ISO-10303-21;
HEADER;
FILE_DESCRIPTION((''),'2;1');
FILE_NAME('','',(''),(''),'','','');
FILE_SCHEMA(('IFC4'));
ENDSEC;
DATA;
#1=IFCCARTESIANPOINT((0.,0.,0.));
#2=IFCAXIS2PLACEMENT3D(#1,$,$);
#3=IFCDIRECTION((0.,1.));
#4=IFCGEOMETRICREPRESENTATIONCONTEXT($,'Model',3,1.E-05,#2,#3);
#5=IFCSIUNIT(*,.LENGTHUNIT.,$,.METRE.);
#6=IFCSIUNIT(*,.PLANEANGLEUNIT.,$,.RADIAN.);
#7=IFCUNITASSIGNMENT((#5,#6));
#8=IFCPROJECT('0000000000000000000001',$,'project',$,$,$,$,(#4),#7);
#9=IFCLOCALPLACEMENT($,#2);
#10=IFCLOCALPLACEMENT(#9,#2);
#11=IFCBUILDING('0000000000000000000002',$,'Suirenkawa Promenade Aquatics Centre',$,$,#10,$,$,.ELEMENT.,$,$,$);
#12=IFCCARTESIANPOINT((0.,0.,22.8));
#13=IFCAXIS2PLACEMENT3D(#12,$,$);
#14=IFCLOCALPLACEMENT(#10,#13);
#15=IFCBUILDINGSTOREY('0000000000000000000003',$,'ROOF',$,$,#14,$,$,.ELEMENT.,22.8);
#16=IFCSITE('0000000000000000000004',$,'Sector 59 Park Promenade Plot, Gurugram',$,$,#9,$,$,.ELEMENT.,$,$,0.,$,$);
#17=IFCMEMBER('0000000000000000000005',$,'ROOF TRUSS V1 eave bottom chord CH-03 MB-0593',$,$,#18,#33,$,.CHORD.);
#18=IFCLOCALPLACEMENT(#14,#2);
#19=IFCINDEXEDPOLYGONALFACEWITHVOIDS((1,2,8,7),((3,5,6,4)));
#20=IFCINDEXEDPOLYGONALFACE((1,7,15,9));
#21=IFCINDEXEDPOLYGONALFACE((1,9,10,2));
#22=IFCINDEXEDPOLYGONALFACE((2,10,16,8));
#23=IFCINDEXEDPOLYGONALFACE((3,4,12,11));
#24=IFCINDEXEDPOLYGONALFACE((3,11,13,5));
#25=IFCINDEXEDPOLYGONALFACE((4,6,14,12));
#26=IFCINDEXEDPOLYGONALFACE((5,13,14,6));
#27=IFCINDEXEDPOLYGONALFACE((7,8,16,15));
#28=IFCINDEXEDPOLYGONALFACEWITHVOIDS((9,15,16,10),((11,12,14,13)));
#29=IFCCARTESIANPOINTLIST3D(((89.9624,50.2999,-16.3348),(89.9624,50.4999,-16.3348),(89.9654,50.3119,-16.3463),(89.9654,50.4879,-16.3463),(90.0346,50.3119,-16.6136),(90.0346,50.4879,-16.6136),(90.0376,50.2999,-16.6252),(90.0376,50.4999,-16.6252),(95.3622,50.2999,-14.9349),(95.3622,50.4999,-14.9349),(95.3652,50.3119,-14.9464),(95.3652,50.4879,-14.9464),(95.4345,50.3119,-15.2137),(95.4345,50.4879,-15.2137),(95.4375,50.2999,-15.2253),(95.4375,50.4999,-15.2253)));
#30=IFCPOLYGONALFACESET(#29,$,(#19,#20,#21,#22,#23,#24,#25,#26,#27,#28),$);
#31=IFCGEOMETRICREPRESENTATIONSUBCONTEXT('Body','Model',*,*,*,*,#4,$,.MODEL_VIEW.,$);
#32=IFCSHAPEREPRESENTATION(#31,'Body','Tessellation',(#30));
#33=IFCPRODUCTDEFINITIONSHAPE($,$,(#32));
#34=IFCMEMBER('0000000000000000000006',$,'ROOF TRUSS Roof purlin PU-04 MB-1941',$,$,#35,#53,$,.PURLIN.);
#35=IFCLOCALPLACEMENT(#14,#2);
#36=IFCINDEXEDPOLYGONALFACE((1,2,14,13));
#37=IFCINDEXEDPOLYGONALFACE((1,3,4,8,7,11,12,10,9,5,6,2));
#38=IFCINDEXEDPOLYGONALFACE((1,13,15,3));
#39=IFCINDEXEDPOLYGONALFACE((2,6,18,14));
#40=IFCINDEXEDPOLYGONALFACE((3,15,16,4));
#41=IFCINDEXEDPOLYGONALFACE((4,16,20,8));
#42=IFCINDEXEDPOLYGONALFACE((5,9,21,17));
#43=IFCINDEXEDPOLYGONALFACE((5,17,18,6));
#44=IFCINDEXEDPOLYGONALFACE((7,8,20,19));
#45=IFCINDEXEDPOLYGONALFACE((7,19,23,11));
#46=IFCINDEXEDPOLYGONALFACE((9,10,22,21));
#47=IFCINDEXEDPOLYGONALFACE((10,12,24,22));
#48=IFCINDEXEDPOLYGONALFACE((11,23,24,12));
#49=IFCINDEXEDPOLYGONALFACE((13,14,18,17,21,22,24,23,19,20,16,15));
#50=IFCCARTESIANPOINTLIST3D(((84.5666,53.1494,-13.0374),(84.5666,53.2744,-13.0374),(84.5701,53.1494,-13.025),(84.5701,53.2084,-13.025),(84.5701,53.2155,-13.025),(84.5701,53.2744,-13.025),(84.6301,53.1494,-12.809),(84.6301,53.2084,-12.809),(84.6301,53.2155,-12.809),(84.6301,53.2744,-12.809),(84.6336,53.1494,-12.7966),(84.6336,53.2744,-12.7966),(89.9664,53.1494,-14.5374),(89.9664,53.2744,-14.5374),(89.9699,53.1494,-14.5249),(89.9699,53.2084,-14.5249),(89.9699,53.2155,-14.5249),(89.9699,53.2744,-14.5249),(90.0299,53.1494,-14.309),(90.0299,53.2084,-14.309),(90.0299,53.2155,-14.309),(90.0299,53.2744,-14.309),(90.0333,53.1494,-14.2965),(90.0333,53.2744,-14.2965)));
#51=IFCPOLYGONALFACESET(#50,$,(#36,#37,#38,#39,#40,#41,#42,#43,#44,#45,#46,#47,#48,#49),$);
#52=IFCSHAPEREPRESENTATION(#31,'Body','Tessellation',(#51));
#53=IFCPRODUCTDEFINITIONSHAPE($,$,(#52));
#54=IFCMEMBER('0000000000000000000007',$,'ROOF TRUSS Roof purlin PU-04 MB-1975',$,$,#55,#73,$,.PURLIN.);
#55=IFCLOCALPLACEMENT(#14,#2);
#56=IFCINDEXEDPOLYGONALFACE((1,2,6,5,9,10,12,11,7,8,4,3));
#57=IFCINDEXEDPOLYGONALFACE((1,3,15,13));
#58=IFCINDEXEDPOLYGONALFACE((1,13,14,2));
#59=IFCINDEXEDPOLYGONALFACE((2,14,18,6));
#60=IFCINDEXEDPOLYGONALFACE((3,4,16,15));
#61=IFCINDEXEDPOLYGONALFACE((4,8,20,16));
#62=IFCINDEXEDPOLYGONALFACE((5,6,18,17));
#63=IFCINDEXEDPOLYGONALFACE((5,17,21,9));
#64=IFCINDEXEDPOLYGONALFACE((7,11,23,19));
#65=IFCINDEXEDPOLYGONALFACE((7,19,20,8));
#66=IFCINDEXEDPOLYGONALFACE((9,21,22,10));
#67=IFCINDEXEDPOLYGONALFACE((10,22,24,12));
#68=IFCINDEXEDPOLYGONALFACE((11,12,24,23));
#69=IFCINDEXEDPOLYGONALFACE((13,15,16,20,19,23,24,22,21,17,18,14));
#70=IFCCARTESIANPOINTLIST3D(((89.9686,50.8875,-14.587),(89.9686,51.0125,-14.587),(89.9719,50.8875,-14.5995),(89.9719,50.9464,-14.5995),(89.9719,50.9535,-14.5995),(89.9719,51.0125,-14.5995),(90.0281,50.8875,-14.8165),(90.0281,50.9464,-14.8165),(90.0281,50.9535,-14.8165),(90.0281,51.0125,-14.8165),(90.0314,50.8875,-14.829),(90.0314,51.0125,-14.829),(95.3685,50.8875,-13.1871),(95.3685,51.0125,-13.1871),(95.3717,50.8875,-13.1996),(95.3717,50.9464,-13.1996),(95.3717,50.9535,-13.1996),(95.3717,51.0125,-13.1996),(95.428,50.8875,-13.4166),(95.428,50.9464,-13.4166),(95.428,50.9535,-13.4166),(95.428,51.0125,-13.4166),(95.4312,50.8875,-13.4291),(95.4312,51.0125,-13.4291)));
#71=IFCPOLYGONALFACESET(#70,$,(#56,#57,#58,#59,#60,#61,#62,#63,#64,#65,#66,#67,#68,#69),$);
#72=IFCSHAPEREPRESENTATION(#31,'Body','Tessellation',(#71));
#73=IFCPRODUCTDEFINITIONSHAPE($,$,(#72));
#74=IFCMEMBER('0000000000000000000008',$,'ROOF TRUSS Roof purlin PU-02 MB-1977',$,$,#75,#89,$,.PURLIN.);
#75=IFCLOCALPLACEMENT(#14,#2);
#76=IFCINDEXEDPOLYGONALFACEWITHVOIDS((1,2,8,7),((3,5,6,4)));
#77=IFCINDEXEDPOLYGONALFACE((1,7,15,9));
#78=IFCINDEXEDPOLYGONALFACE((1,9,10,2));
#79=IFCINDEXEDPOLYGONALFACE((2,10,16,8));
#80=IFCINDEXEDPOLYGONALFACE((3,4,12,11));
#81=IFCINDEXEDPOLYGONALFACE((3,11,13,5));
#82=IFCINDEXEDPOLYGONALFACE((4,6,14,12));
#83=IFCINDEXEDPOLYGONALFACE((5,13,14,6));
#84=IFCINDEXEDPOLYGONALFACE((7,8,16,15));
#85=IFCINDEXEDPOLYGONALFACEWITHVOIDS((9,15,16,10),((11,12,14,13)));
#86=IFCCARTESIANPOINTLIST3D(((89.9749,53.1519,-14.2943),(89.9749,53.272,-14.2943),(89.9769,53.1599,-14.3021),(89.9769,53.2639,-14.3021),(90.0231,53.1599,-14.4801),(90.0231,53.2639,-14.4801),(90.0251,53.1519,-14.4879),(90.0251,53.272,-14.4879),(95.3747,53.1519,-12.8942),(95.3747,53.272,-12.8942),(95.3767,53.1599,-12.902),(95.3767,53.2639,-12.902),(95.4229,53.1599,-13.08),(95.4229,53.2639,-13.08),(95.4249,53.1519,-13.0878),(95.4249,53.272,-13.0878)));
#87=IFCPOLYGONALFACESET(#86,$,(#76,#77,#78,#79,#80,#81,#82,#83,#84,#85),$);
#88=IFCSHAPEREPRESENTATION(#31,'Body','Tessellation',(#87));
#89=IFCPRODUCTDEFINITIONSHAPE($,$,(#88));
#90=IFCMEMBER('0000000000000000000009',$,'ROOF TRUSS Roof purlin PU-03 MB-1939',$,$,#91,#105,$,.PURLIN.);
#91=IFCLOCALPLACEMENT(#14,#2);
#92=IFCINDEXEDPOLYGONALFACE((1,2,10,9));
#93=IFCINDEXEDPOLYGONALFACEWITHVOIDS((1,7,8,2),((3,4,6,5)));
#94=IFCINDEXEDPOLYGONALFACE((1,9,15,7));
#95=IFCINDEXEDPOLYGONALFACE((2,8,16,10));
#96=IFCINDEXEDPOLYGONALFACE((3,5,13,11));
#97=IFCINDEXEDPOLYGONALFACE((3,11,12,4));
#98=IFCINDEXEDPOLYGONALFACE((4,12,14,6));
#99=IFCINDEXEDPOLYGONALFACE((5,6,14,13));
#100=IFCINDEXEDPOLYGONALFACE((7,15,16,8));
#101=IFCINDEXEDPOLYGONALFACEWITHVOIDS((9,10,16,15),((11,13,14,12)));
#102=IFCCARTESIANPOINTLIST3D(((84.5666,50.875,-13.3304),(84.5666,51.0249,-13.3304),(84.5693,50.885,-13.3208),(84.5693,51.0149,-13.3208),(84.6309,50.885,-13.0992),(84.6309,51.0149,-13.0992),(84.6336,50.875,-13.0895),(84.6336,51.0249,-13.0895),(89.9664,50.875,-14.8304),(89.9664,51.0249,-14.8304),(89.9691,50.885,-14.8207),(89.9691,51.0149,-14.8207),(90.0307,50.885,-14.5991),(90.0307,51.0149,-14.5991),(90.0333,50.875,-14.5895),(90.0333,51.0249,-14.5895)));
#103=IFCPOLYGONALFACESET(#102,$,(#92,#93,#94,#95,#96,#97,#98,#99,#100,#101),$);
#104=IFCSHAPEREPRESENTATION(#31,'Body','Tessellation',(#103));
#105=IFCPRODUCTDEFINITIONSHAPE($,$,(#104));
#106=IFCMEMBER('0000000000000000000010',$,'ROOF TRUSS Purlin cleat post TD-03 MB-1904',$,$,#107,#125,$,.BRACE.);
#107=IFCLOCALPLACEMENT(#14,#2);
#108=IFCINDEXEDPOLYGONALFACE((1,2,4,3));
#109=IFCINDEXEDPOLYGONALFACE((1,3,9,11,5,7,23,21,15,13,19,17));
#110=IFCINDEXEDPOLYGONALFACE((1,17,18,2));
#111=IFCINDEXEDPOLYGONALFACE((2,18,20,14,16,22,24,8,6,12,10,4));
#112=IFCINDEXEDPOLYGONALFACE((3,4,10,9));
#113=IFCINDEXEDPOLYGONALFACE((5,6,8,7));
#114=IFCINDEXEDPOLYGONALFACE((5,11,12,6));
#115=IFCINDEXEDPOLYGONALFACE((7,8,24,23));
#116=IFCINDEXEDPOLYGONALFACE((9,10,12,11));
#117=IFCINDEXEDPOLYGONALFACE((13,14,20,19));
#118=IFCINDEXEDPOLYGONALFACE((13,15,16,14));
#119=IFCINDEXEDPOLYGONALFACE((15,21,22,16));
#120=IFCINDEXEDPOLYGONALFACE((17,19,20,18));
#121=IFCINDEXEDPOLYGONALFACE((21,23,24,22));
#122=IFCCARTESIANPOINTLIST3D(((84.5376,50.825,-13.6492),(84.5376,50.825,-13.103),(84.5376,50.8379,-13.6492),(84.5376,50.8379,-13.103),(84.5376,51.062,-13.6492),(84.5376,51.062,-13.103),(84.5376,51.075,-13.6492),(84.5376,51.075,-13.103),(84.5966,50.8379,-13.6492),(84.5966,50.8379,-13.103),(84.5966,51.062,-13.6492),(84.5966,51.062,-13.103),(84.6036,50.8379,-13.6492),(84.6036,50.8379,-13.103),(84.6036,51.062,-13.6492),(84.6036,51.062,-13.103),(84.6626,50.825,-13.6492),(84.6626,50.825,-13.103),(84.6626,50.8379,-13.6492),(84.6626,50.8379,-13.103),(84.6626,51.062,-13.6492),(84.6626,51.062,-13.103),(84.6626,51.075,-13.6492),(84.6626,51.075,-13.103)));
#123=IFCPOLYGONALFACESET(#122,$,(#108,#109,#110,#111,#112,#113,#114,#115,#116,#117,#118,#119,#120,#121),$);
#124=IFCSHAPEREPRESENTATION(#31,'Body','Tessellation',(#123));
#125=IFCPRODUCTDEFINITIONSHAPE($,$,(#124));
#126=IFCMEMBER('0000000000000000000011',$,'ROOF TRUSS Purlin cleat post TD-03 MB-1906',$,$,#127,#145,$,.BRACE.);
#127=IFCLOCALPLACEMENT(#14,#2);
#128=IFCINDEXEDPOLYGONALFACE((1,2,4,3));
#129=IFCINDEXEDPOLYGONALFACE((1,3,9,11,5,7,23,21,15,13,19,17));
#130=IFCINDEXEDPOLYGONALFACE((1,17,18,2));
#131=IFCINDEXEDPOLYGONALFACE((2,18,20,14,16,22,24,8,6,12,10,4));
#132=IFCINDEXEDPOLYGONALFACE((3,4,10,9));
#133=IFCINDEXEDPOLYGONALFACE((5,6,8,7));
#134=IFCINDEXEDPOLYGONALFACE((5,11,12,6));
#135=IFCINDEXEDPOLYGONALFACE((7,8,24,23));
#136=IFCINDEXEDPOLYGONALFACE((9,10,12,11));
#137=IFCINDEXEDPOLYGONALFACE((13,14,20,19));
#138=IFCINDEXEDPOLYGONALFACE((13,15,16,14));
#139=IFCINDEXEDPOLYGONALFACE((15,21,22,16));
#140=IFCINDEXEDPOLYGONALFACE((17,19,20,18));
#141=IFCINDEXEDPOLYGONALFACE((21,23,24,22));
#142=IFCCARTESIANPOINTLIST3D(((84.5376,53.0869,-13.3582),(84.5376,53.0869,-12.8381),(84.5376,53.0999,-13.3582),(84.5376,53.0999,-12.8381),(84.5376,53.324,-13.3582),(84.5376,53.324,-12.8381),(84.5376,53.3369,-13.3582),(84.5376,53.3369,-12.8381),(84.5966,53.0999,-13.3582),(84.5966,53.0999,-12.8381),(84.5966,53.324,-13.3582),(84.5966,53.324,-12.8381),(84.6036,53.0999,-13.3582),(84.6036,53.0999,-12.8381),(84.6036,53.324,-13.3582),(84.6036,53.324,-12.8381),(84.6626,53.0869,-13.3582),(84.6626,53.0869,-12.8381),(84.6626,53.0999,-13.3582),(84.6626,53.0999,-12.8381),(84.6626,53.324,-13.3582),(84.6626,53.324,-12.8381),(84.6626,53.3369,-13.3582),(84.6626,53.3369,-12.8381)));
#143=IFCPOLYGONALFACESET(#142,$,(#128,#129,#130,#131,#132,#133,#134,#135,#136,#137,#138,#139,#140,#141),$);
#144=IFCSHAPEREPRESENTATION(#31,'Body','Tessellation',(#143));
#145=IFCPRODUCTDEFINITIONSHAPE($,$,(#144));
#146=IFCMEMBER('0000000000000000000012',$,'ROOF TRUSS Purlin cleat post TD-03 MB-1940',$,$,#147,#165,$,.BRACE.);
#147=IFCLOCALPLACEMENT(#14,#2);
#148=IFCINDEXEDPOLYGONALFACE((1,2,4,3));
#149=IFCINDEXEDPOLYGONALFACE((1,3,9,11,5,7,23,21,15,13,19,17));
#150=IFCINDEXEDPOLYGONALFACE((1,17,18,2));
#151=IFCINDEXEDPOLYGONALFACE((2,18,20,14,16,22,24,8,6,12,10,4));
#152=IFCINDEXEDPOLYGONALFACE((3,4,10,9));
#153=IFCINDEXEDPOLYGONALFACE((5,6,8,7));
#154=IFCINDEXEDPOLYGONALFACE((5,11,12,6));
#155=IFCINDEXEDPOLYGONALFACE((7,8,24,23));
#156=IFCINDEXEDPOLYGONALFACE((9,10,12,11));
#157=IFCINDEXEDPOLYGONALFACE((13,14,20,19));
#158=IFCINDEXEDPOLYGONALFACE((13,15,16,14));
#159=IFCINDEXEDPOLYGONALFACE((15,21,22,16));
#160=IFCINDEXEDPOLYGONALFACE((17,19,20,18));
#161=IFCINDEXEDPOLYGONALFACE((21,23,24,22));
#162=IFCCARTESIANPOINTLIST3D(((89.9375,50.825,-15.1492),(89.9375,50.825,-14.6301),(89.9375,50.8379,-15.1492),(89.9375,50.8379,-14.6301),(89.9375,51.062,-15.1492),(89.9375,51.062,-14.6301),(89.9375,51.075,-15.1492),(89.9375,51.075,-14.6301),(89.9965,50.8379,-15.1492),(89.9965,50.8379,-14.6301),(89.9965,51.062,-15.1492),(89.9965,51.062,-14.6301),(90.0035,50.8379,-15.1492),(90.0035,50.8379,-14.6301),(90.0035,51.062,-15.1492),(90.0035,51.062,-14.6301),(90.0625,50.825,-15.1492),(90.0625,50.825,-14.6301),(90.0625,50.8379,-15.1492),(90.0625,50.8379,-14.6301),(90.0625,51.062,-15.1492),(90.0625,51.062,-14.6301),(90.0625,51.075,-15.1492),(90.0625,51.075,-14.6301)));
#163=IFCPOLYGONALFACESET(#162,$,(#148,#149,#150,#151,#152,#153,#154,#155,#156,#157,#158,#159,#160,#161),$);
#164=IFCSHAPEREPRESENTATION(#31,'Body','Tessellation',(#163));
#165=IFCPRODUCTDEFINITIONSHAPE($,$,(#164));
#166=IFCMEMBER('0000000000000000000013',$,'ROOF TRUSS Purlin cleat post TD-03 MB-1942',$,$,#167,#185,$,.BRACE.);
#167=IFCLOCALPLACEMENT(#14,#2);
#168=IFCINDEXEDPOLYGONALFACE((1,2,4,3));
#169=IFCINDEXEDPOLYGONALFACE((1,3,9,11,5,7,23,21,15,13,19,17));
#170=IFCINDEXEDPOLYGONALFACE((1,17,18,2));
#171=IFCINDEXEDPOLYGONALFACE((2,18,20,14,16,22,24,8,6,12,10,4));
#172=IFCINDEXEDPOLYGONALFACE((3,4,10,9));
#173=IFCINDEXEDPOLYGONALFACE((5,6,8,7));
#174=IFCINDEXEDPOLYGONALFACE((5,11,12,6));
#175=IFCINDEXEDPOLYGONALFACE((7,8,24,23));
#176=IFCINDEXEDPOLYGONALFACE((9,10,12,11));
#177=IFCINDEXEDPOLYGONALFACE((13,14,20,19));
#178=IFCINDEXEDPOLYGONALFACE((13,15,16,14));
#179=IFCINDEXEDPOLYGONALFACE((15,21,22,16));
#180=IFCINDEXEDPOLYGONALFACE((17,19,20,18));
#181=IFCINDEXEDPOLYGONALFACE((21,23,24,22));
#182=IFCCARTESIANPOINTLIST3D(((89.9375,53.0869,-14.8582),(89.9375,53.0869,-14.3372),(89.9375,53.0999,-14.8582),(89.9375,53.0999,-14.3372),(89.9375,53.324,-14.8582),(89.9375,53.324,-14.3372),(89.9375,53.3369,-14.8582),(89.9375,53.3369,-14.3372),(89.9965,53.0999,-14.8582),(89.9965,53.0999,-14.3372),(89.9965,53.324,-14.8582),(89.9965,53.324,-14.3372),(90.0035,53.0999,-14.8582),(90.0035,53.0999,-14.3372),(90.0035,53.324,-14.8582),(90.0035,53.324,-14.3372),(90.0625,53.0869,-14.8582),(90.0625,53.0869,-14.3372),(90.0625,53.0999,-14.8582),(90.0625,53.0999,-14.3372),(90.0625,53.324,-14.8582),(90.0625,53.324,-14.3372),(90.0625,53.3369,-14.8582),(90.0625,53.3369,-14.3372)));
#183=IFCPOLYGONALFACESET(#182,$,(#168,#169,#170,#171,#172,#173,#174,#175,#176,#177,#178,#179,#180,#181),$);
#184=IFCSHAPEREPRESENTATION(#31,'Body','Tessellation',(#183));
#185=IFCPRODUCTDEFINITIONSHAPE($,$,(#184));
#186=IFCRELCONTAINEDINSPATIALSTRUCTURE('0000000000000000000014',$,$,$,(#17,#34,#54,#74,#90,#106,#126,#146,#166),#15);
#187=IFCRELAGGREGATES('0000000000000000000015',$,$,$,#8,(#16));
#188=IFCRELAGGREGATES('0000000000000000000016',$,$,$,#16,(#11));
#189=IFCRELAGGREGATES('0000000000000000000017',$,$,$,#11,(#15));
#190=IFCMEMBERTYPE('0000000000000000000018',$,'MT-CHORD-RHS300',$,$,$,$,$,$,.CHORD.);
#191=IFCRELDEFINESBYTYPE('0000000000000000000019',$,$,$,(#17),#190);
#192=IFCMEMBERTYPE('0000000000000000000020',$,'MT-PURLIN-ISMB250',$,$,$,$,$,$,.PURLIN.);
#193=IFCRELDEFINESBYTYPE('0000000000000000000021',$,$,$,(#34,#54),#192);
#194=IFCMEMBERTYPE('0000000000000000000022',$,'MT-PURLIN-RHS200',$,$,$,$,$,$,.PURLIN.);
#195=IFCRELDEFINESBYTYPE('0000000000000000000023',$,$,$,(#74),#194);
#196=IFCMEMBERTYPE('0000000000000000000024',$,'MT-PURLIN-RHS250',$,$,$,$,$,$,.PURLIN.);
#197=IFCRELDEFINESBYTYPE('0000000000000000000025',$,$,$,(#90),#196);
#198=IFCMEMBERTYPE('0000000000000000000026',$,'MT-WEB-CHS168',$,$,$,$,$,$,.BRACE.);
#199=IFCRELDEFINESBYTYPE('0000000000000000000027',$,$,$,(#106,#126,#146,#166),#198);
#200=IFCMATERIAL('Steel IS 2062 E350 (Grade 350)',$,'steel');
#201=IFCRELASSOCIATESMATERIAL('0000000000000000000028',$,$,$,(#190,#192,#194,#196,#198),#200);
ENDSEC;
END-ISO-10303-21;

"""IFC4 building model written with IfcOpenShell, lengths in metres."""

from ifc_helpers import new_model, si_unit, direction, frame, origin, origin_2d, place, context, subcontext, project, spatial, hollow_rectangle, i_section, extrude, material, material_profile, profile_set, type_object, element, save


model = new_model("IFC4")

# Units and contexts
model_context = context("Model", 3, precision=1e-05, world=origin(), true_north=direction((0.0, 1.0)))
body_context = subcontext(model_context, "Body", "Model", "MODEL_VIEW")
ifc_project = project(units=[si_unit("LENGTHUNIT", "METRE"), si_unit("PLANEANGLEUNIT", "RADIAN")], contexts=[model_context])

# Site, building, storey
site_placement = place(None, origin())
site = spatial("IfcSite", under=ifc_project, at=site_placement, Name="Sector 59 Park Promenade Plot, Gurugram", CompositionType="ELEMENT", RefElevation=0.0)
building_placement = place(site_placement, origin())
building = spatial("IfcBuilding", under=site, at=building_placement, Name="Suirenkawa Promenade Aquatics Centre", CompositionType="ELEMENT")
storey_placement = place(building_placement, frame((0.0, 0.0, 22.8)))
storey = spatial("IfcBuildingStorey", under=building, at=storey_placement, Name="ROOF", CompositionType="ELEMENT", Elevation=22.8)

# Shared definitions
ifc_material_1 = material(Name="Steel IS 2062 E350 (Grade 350)", Category="steel")

# Members
ifc_material_profile_1 = material_profile(ifc_material_1, hollow_rectangle(XDim=0.2, YDim=0.3, WallThickness=0.012, at=origin_2d()), Name="RHS 300x200x12", Category="steel")
ifc_profile_set_1 = profile_set([ifc_material_profile_1], Name="Steel IS 2062 E350 (Grade 350)")
member_type_1 = type_object("IfcMemberType", Name="MT-CHORD-RHS300", PredefinedType="CHORD", material=ifc_profile_set_1)
member_1_placement = place(storey_placement, frame((90.0, 50.3999, -16.48), z_axis=(0.968, 0.0, 0.25095), x_axis=(0.0, 1.0, 0.0)))
element("IfcMember", 1, at=member_1_placement, inside=storey, type_object=member_type_1, Name="ROOF TRUSS V1 eave bottom chord CH-03 MB-0593", PredefinedType="CHORD", context=body_context, shape_type="SweptSolid", body=[
    extrude(hollow_rectangle(XDim=0.2, YDim=0.3, WallThickness=0.012, at=origin_2d()), origin(), (0.0, 0.0, 1.0), 5.5784),
])
ifc_material_profile_2 = material_profile(ifc_material_1, i_section(OverallWidth=0.125, OverallDepth=0.25, WebThickness=0.0071, FlangeThickness=0.0129, at=origin_2d()), Name="ISMB 250", Category="steel")
ifc_profile_set_2 = profile_set([ifc_material_profile_2], Name="Steel IS 2062 E350 (Grade 350)")
member_type_2 = type_object("IfcMemberType", Name="MT-PURLIN-ISMB250", PredefinedType="PURLIN", material=ifc_profile_set_2)
member_2_placement = place(storey_placement, frame((84.6001, 53.2119, -12.917), z_axis=(0.963517, 0.0, -0.267648), x_axis=(0.0, 1.0, 0.0)))
element("IfcMember", 2, at=member_2_placement, inside=storey, type_object=member_type_2, Name="ROOF TRUSS Roof purlin PU-04 MB-1941", PredefinedType="PURLIN", context=body_context, shape_type="SweptSolid", body=[
    extrude(i_section(OverallWidth=0.125, OverallDepth=0.25, WebThickness=0.0071, FlangeThickness=0.0129, at=origin_2d()), origin(), (0.0, 0.0, 1.0), 5.6042),
])
member_3_placement = place(storey_placement, frame((90.0, 50.95, -14.708), z_axis=(0.968, 0.0, 0.25095), x_axis=(0.0, 1.0, 0.0)))
element("IfcMember", 3, at=member_3_placement, inside=storey, type_object=member_type_2, Name="ROOF TRUSS Roof purlin PU-04 MB-1975", PredefinedType="PURLIN", context=body_context, shape_type="SweptSolid", body=[
    extrude(i_section(OverallWidth=0.125, OverallDepth=0.25, WebThickness=0.0071, FlangeThickness=0.0129, at=origin_2d()), origin(), (0.0, 0.0, 1.0), 5.5784),
])
ifc_material_profile_3 = material_profile(ifc_material_1, hollow_rectangle(XDim=0.1201, YDim=0.2, WallThickness=0.0081, at=origin_2d()), Name="RHS 200x120x8", Category="steel")
ifc_profile_set_3 = profile_set([ifc_material_profile_3], Name="Steel IS 2062 E350 (Grade 350)")
member_type_3 = type_object("IfcMemberType", Name="MT-PURLIN-RHS200", PredefinedType="PURLIN", material=ifc_profile_set_3)
member_4_placement = place(storey_placement, frame((90.0, 53.2119, -14.3911), z_axis=(0.967989, 0.0, 0.250991), x_axis=(0.0, 1.0, 0.0)))
element("IfcMember", 4, at=member_4_placement, inside=storey, type_object=member_type_3, Name="ROOF TRUSS Roof purlin PU-02 MB-1977", PredefinedType="PURLIN", context=body_context, shape_type="SweptSolid", body=[
    extrude(hollow_rectangle(XDim=0.1201, YDim=0.2, WallThickness=0.0081, at=origin_2d()), origin(), (0.0, 0.0, 1.0), 5.5784),
])
ifc_material_profile_4 = material_profile(ifc_material_1, hollow_rectangle(XDim=0.1499, YDim=0.25, WallThickness=0.01, at=origin_2d()), Name="RHS 250x150x10", Category="steel")
ifc_profile_set_4 = profile_set([ifc_material_profile_4], Name="Steel IS 2062 E350 (Grade 350)")
member_type_4 = type_object("IfcMemberType", Name="MT-PURLIN-RHS250", PredefinedType="PURLIN", material=ifc_profile_set_4)
member_5_placement = place(storey_placement, frame((84.6001, 50.95, -13.21), z_axis=(0.963517, 0.0, -0.267648), x_axis=(0.0, 1.0, 0.0)))
element("IfcMember", 5, at=member_5_placement, inside=storey, type_object=member_type_4, Name="ROOF TRUSS Roof purlin PU-03 MB-1939", PredefinedType="PURLIN", context=body_context, shape_type="SweptSolid", body=[
    extrude(hollow_rectangle(XDim=0.1499, YDim=0.25, WallThickness=0.01, at=origin_2d()), origin(), (0.0, 0.0, 1.0), 5.6042),
])
ifc_material_profile_5 = material_profile(ifc_material_1, i_section(OverallWidth=0.125, OverallDepth=0.25, WebThickness=0.0071, FlangeThickness=0.0129, at=origin_2d()), Name="ISMB 250", Category="steel")
ifc_profile_set_5 = profile_set([ifc_material_profile_5], Name="Steel IS 2062 E350 (Grade 350)")
member_type_5 = type_object("IfcMemberType", Name="MT-WEB-CHS168", PredefinedType="BRACE", material=ifc_profile_set_5)
member_6_placement = place(storey_placement, frame((84.6001, 50.95, -13.6492), z_axis=(0.0, 0.0, 1.0), x_axis=(1.0, 0.0, 0.0)))
element("IfcMember", 6, at=member_6_placement, inside=storey, type_object=member_type_5, Name="ROOF TRUSS Purlin cleat post TD-03 MB-1904", PredefinedType="BRACE", context=body_context, shape_type="SweptSolid", body=[
    extrude(i_section(OverallWidth=0.125, OverallDepth=0.25, WebThickness=0.0071, FlangeThickness=0.0129, at=origin_2d()), origin(), (0.0, 0.0, 1.0), 0.5461),
])
member_7_placement = place(storey_placement, frame((84.6001, 53.2119, -13.3582), z_axis=(0.0, 0.0, 1.0), x_axis=(1.0, 0.0, 0.0)))
element("IfcMember", 7, at=member_7_placement, inside=storey, type_object=member_type_5, Name="ROOF TRUSS Purlin cleat post TD-03 MB-1906", PredefinedType="BRACE", context=body_context, shape_type="SweptSolid", body=[
    extrude(i_section(OverallWidth=0.125, OverallDepth=0.25, WebThickness=0.0071, FlangeThickness=0.0129, at=origin_2d()), origin(), (0.0, 0.0, 1.0), 0.52),
])
member_8_placement = place(storey_placement, frame((90.0, 50.95, -15.1492), z_axis=(0.0, 0.0, 1.0), x_axis=(1.0, 0.0, 0.0)))
element("IfcMember", 8, at=member_8_placement, inside=storey, type_object=member_type_5, Name="ROOF TRUSS Purlin cleat post TD-03 MB-1940", PredefinedType="BRACE", context=body_context, shape_type="SweptSolid", body=[
    extrude(i_section(OverallWidth=0.125, OverallDepth=0.25, WebThickness=0.0071, FlangeThickness=0.0129, at=origin_2d()), origin(), (0.0, 0.0, 1.0), 0.519),
])
member_9_placement = place(storey_placement, frame((90.0, 53.2119, -14.8582), z_axis=(0.0, 0.0, 1.0), x_axis=(1.0, 0.0, 0.0)))
element("IfcMember", 9, at=member_9_placement, inside=storey, type_object=member_type_5, Name="ROOF TRUSS Purlin cleat post TD-03 MB-1942", PredefinedType="BRACE", context=body_context, shape_type="SweptSolid", body=[
    extrude(i_section(OverallWidth=0.125, OverallDepth=0.25, WebThickness=0.0071, FlangeThickness=0.0129, at=origin_2d()), origin(), (0.0, 0.0, 1.0), 0.521),
])

save(model, "model.ifc")
